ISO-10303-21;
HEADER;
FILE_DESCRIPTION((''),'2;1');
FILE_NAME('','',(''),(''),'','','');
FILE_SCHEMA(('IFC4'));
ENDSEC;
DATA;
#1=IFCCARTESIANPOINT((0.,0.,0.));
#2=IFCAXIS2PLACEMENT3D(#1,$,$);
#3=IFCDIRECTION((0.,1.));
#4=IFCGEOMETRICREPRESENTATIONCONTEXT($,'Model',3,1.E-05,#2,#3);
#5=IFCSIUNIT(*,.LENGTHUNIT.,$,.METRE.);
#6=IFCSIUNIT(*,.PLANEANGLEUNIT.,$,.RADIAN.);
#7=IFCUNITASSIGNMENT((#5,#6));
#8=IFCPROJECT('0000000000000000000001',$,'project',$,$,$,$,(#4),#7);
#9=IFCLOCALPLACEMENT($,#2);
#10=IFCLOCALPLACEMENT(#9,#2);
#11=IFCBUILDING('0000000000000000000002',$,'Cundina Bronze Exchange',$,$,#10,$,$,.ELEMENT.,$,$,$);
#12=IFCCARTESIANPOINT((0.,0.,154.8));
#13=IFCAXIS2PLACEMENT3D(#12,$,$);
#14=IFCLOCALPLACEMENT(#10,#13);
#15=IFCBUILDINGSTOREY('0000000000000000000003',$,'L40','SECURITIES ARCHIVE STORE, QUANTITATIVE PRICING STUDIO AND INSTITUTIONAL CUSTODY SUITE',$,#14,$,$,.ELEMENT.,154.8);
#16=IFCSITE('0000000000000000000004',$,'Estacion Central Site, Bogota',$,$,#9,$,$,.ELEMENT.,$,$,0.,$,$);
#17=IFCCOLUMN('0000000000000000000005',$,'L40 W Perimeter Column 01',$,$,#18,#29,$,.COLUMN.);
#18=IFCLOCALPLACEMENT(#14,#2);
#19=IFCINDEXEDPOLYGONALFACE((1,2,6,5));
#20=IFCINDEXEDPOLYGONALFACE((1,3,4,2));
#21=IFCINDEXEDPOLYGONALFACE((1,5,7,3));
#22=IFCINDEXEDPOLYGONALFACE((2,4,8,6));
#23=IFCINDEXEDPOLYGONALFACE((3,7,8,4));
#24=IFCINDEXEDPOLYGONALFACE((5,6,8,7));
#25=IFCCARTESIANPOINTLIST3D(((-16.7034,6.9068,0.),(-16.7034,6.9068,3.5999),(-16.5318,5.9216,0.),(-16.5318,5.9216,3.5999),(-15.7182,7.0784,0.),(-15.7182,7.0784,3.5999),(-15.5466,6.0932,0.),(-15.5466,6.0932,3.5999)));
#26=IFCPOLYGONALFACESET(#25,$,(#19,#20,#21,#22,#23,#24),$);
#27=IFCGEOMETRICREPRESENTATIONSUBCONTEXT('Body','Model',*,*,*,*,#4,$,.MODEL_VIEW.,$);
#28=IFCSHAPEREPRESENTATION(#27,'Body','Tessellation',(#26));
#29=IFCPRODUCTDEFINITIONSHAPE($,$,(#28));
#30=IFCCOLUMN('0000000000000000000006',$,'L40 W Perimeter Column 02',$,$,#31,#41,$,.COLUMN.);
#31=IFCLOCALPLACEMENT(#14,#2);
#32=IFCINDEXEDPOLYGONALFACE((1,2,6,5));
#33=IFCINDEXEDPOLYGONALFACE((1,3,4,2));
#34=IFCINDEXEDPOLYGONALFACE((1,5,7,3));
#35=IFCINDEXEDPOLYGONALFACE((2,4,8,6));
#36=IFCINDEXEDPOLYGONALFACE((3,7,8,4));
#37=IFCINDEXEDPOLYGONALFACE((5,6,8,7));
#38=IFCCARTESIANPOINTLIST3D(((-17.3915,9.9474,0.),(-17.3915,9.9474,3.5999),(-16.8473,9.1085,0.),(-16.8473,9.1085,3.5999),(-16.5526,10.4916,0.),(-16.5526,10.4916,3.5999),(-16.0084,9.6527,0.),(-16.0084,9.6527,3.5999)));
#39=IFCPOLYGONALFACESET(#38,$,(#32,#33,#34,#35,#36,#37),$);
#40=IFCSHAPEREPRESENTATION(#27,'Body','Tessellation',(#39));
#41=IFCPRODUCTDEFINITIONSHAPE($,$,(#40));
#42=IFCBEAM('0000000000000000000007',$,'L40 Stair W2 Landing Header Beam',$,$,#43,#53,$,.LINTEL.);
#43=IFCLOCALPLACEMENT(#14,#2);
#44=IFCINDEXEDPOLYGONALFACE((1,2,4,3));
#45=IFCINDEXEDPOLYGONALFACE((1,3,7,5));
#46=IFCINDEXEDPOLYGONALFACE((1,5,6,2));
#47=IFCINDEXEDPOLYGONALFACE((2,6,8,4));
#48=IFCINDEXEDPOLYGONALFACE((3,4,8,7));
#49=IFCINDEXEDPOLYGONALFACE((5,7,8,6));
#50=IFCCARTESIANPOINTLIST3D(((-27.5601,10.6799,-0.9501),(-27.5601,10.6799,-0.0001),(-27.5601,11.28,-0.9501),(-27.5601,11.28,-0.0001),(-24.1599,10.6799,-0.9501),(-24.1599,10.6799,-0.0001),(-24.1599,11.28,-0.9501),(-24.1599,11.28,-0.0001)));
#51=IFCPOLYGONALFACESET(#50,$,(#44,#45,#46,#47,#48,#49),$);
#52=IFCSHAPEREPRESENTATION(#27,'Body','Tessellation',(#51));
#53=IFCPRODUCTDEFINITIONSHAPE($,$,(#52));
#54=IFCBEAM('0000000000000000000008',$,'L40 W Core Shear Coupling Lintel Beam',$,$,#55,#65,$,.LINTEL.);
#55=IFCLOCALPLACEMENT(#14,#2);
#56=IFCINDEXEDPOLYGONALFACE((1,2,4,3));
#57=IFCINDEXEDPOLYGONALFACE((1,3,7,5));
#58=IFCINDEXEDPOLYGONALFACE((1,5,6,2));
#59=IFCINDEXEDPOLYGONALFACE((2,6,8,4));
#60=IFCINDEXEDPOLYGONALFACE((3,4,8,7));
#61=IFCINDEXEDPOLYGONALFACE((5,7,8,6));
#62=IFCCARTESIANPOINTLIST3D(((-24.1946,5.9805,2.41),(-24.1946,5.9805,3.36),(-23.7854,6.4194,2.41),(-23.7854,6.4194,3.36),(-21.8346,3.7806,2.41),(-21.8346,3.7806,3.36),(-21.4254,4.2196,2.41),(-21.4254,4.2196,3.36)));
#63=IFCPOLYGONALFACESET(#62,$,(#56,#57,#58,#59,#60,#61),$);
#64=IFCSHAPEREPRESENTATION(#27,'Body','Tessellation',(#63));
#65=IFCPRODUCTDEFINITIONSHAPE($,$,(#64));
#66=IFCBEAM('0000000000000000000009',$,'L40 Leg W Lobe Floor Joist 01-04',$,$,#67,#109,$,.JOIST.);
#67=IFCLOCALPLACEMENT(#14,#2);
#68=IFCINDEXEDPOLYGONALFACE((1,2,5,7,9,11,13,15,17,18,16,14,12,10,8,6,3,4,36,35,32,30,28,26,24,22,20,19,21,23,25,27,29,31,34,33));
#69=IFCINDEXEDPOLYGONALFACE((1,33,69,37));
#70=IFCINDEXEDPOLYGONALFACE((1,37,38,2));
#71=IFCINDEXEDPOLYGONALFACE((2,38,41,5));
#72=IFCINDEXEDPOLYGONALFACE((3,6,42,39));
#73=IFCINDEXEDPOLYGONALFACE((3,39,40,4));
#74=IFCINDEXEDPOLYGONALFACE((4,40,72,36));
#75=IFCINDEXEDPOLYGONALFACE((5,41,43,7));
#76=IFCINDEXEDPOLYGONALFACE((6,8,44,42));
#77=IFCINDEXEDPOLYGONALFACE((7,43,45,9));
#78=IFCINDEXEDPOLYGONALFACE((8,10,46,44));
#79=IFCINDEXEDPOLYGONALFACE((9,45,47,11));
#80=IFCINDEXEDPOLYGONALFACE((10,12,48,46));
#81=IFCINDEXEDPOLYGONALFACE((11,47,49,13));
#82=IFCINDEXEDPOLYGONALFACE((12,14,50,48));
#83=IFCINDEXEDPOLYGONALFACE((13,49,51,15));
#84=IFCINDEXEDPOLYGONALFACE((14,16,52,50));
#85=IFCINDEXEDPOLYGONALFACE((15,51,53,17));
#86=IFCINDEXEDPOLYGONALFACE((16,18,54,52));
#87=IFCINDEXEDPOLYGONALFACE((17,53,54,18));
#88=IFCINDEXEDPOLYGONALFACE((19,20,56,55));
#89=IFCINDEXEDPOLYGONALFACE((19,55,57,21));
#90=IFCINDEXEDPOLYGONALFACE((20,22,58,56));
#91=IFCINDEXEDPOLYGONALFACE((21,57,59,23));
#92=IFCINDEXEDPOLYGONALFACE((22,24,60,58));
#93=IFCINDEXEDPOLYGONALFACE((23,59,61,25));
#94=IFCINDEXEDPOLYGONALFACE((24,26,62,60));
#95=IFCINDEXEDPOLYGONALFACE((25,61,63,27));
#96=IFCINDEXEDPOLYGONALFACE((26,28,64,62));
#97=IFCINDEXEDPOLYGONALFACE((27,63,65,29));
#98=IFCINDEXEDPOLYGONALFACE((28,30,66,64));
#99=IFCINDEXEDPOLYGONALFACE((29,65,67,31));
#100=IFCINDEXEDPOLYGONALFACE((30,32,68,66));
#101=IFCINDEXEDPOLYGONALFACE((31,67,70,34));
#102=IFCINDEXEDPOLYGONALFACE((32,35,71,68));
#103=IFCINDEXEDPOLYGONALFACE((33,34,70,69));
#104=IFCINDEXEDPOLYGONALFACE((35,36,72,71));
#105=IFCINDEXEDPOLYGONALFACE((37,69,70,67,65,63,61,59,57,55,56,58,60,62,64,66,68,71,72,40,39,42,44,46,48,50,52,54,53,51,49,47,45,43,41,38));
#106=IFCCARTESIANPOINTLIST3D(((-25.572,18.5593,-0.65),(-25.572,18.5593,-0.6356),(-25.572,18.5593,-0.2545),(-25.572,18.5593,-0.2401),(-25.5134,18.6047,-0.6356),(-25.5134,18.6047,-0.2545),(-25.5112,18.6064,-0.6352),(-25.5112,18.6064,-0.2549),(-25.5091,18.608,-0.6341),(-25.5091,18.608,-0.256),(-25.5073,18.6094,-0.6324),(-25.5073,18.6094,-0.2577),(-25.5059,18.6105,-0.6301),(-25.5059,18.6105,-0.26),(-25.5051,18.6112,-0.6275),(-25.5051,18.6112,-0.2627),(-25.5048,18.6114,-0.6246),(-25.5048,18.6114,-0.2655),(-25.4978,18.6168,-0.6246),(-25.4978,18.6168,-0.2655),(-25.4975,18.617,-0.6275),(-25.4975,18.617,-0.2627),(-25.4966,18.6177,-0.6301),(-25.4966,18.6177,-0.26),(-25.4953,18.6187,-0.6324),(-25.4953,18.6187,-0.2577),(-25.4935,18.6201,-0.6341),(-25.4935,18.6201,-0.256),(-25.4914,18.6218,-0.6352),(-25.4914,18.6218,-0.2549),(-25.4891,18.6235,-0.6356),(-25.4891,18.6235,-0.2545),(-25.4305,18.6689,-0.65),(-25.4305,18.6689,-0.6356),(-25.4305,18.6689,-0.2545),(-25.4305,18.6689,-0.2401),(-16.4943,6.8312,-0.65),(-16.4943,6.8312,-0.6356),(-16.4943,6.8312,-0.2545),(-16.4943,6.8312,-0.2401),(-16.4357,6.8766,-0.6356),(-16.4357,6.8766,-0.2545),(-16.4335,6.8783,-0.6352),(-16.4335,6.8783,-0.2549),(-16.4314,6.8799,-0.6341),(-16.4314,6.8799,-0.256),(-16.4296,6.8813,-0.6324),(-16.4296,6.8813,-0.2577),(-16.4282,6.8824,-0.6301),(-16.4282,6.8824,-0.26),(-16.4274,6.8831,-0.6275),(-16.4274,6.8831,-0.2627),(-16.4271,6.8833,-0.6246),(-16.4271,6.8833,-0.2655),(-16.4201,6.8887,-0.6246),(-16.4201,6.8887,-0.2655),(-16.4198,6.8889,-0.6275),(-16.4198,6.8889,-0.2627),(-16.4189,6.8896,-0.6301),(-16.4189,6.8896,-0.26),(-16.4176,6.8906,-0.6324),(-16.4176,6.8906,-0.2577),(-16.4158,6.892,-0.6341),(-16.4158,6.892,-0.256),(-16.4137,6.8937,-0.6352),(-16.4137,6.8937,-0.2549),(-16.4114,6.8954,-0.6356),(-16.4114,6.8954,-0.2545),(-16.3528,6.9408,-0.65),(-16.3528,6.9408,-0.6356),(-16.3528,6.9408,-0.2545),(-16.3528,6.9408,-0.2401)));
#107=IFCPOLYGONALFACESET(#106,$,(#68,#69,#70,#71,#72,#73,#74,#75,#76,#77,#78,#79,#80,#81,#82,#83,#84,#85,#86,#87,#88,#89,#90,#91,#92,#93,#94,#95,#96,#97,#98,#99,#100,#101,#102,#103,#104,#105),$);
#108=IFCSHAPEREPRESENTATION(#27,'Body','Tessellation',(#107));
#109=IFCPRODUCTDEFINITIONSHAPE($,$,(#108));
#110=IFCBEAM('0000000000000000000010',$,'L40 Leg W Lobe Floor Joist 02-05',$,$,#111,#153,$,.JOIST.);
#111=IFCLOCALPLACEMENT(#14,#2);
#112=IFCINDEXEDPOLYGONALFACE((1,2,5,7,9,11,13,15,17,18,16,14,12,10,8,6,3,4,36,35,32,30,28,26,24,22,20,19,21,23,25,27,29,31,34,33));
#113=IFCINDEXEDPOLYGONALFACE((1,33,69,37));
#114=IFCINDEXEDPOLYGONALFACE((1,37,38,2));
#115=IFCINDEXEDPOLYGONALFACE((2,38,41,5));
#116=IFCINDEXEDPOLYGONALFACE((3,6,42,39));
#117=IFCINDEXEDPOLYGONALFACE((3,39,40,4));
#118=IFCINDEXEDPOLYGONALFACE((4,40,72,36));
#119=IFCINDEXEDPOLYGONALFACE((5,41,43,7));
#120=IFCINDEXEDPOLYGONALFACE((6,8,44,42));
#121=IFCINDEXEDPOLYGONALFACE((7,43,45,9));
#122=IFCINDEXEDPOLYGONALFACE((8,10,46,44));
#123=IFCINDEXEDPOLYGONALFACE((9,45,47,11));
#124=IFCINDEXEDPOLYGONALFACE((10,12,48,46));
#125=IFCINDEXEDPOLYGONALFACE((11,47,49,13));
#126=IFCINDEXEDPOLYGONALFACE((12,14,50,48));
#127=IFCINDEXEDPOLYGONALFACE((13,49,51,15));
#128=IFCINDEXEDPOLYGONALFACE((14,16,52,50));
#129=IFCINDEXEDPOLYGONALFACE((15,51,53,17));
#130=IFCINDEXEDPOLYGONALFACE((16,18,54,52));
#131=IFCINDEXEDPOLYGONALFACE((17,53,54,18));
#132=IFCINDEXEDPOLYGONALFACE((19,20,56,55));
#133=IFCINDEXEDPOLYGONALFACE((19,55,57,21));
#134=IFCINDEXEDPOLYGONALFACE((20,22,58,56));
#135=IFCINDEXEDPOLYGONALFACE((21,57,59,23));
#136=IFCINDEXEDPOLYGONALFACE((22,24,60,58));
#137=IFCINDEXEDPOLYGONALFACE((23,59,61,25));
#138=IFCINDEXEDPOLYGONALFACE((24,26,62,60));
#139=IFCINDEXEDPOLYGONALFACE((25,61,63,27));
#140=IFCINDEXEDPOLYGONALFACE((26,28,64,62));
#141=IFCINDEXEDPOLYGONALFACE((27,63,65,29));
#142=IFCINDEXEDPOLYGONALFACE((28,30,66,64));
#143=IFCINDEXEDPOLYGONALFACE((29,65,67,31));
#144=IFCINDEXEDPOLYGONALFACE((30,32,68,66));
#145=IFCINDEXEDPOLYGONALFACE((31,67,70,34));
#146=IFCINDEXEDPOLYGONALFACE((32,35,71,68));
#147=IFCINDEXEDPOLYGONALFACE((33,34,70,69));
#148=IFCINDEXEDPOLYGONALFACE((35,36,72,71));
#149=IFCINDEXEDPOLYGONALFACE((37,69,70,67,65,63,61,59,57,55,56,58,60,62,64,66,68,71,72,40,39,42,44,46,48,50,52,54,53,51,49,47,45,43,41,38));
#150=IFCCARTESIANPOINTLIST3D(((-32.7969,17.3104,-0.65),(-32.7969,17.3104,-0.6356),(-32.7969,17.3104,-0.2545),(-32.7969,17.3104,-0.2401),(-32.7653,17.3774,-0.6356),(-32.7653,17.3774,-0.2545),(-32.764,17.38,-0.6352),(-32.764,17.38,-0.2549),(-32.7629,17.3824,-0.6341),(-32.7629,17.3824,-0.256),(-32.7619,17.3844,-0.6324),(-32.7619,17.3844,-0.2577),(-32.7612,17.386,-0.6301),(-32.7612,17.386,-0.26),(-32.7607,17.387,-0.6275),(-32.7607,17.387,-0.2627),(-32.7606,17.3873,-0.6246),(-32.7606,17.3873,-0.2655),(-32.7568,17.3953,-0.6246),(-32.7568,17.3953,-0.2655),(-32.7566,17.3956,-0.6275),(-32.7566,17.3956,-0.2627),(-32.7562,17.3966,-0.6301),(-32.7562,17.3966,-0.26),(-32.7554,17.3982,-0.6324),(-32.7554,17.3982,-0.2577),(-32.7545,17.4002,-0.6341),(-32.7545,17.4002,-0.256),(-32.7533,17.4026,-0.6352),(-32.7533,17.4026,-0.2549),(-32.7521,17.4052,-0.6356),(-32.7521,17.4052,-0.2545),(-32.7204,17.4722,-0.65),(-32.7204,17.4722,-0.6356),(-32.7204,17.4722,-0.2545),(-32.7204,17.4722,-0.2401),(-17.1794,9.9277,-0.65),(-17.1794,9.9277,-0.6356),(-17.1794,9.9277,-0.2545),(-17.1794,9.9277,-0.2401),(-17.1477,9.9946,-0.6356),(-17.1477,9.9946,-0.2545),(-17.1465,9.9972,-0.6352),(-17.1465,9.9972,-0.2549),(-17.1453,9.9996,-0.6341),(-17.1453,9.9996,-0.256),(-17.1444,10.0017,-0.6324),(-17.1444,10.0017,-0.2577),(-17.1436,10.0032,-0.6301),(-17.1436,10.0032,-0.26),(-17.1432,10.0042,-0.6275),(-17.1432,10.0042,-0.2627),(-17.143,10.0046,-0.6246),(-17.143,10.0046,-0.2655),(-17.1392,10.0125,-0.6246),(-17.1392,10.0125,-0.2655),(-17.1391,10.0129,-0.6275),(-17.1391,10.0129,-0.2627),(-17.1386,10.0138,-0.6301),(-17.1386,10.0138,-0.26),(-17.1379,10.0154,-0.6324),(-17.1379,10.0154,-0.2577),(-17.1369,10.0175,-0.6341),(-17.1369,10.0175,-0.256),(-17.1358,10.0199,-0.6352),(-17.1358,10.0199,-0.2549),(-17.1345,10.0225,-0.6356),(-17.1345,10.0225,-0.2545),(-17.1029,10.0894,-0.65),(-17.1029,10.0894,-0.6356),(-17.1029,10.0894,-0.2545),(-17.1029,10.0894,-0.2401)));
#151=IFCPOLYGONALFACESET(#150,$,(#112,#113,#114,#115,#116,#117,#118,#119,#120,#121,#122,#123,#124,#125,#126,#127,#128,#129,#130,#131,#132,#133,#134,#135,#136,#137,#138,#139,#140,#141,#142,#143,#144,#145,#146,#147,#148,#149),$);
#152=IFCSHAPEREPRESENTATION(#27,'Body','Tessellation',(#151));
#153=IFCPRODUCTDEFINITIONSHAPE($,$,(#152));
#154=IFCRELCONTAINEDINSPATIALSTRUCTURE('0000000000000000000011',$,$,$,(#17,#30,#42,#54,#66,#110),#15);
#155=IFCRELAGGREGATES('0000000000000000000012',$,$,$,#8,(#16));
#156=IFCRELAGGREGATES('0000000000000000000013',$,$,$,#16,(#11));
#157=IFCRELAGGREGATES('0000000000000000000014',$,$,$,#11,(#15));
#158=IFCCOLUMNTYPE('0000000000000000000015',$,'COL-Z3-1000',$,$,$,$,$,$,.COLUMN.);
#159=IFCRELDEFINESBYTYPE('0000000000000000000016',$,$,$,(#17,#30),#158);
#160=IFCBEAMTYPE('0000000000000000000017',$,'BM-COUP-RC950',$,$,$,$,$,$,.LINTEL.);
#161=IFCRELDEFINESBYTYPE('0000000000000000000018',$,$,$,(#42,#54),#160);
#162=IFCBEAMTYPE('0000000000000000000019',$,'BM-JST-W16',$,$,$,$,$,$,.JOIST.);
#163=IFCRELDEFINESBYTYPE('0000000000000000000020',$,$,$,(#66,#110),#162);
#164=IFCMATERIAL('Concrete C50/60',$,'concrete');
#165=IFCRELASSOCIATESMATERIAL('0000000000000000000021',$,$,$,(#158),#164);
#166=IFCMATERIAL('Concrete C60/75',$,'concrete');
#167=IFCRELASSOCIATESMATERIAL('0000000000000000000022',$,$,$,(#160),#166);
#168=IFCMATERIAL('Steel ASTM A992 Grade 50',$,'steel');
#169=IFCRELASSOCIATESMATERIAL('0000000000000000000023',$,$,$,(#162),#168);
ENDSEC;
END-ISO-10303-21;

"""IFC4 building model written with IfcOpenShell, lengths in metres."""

from ifc_helpers import new_model, si_unit, direction, frame, origin, origin_2d, place, context, subcontext, project, spatial, rectangle, i_section, extrude, material, material_profile, profile_set, type_object, element, save


model = new_model("IFC4")

# Units and contexts
model_context = context("Model", 3, precision=1e-05, world=origin(), true_north=direction((0.0, 1.0)))
body_context = subcontext(model_context, "Body", "Model", "MODEL_VIEW")
ifc_project = project(units=[si_unit("LENGTHUNIT", "METRE"), si_unit("PLANEANGLEUNIT", "RADIAN")], contexts=[model_context])

# Site, building, storey
site_placement = place(None, origin())
site = spatial("IfcSite", under=ifc_project, at=site_placement, Name="Estacion Central Site, Bogota", CompositionType="ELEMENT", RefElevation=0.0)
building_placement = place(site_placement, origin())
building = spatial("IfcBuilding", under=site, at=building_placement, Name="Cundina Bronze Exchange", CompositionType="ELEMENT")
storey_placement = place(building_placement, frame((0.0, 0.0, 154.8)))
storey = spatial("IfcBuildingStorey", under=building, at=storey_placement, Name="L40", Description="SECURITIES ARCHIVE STORE, QUANTITATIVE PRICING STUDIO AND INSTITUTIONAL CUSTODY SUITE", CompositionType="ELEMENT", Elevation=154.8)

# Columns
ifc_material_1 = material(Name="Concrete C50/60", Category="concrete")
ifc_material_profile_1 = material_profile(ifc_material_1, rectangle(XDim=1.0, YDim=1.0, at=origin_2d()), Name="RC1000X1000", Category="concrete")
ifc_profile_set_1 = profile_set([ifc_material_profile_1], Name="Concrete C50/60")
column_type = type_object("IfcColumnType", Name="COL-Z3-1000", PredefinedType="COLUMN", material=ifc_profile_set_1)
for number, where, z_axis, x_axis, name in (
    (1, (-16.125, 6.5, 0.0), (0.0, 0.0, 1.0), (-0.171585, 0.985169, 0.0), "L40 W Perimeter Column 01"),
    (2, (-16.7, 9.8, 0.0), (0.0, 0.0, 1.0), (-0.5442, 0.838956, 0.0), "L40 W Perimeter Column 02"),
):
    element("IfcColumn", number, at=place(storey_placement, frame(where, z_axis=z_axis, x_axis=x_axis)), inside=storey, type_object=column_type, Name=name, PredefinedType="COLUMN", context=body_context, shape_type="SweptSolid", body=[
        extrude(rectangle(XDim=1.0, YDim=1.0, at=origin_2d()), origin(), (0.0, 0.0, 1.0), 3.5999),
    ])

# Beams
ifc_material_2 = material(Name="Concrete C60/75", Category="concrete")
ifc_material_profile_2 = material_profile(ifc_material_2, rectangle(XDim=0.6001, YDim=0.95, at=origin_2d()), Name="RC600X950", Category="concrete")
ifc_profile_set_2 = profile_set([ifc_material_profile_2], Name="Concrete C60/75")
beam_type_1 = type_object("IfcBeamType", Name="BM-COUP-RC950", PredefinedType="LINTEL", material=ifc_profile_set_2)
beam_1_placement = place(storey_placement, frame((-27.5601, 10.98, -0.4751), z_axis=(1.0, 0.0, 0.0), x_axis=(0.0, 1.0, 0.0)))
element("IfcBeam", 3, at=beam_1_placement, inside=storey, type_object=beam_type_1, Name="L40 Stair W2 Landing Header Beam", PredefinedType="LINTEL", context=body_context, shape_type="SweptSolid", body=[
    extrude(rectangle(XDim=0.6001, YDim=0.95, at=origin_2d()), origin(), (0.0, 0.0, 1.0), 3.4001),
])
beam_2_placement = place(storey_placement, frame((-23.99, 6.2, 2.885), z_axis=(0.73149, -0.681852, 0.0), x_axis=(0.681852, 0.73149, 0.0)))
element("IfcBeam", 4, at=beam_2_placement, inside=storey, type_object=beam_type_1, Name="L40 W Core Shear Coupling Lintel Beam", PredefinedType="LINTEL", context=body_context, shape_type="SweptSolid", body=[
    extrude(rectangle(XDim=0.6001, YDim=0.95, at=origin_2d()), origin(), (0.0, 0.0, 1.0), 3.2263),
])
ifc_material_3 = material(Name="Steel ASTM A992 Grade 50", Category="steel")
ifc_material_profile_3 = material_profile(ifc_material_3, i_section(OverallWidth=0.179, OverallDepth=0.4099, WebThickness=0.0088, FlangeThickness=0.0144, FilletRadius=0.011, at=origin_2d()), Name="W16X45", Category="steel")
ifc_profile_set_3 = profile_set([ifc_material_profile_3], Name="Steel ASTM A992 Grade 50")
beam_type_2 = type_object("IfcBeamType", Name="BM-JST-W16", PredefinedType="JOIST", material=ifc_profile_set_3)
beam_3_placement = place(storey_placement, frame((-16.4236, 6.886, -0.4451), z_axis=(-0.612084, 0.790793, 0.0), x_axis=(-0.790793, -0.612084, 0.0)))
element("IfcBeam", 5, at=beam_3_placement, inside=storey, type_object=beam_type_2, Name="L40 Leg W Lobe Floor Joist 01-04", PredefinedType="JOIST", context=body_context, shape_type="SweptSolid", body=[
    extrude(i_section(OverallWidth=0.179, OverallDepth=0.4099, WebThickness=0.0088, FlangeThickness=0.0144, FilletRadius=0.011, at=origin_2d()), origin(), (0.0, 0.0, 1.0), 14.8308),
])
beam_4_placement = place(storey_placement, frame((-17.1411, 10.0085, -0.4451), z_axis=(-0.904074, 0.427375, 0.0), x_axis=(-0.427375, -0.904074, 0.0)))
element("IfcBeam", 6, at=beam_4_placement, inside=storey, type_object=beam_type_2, Name="L40 Leg W Lobe Floor Joist 02-05", PredefinedType="JOIST", context=body_context, shape_type="SweptSolid", body=[
    extrude(i_section(OverallWidth=0.179, OverallDepth=0.4099, WebThickness=0.0088, FlangeThickness=0.0144, FilletRadius=0.011, at=origin_2d()), origin(), (0.0, 0.0, 1.0), 17.2747),
])

save(model, "model.ifc")
